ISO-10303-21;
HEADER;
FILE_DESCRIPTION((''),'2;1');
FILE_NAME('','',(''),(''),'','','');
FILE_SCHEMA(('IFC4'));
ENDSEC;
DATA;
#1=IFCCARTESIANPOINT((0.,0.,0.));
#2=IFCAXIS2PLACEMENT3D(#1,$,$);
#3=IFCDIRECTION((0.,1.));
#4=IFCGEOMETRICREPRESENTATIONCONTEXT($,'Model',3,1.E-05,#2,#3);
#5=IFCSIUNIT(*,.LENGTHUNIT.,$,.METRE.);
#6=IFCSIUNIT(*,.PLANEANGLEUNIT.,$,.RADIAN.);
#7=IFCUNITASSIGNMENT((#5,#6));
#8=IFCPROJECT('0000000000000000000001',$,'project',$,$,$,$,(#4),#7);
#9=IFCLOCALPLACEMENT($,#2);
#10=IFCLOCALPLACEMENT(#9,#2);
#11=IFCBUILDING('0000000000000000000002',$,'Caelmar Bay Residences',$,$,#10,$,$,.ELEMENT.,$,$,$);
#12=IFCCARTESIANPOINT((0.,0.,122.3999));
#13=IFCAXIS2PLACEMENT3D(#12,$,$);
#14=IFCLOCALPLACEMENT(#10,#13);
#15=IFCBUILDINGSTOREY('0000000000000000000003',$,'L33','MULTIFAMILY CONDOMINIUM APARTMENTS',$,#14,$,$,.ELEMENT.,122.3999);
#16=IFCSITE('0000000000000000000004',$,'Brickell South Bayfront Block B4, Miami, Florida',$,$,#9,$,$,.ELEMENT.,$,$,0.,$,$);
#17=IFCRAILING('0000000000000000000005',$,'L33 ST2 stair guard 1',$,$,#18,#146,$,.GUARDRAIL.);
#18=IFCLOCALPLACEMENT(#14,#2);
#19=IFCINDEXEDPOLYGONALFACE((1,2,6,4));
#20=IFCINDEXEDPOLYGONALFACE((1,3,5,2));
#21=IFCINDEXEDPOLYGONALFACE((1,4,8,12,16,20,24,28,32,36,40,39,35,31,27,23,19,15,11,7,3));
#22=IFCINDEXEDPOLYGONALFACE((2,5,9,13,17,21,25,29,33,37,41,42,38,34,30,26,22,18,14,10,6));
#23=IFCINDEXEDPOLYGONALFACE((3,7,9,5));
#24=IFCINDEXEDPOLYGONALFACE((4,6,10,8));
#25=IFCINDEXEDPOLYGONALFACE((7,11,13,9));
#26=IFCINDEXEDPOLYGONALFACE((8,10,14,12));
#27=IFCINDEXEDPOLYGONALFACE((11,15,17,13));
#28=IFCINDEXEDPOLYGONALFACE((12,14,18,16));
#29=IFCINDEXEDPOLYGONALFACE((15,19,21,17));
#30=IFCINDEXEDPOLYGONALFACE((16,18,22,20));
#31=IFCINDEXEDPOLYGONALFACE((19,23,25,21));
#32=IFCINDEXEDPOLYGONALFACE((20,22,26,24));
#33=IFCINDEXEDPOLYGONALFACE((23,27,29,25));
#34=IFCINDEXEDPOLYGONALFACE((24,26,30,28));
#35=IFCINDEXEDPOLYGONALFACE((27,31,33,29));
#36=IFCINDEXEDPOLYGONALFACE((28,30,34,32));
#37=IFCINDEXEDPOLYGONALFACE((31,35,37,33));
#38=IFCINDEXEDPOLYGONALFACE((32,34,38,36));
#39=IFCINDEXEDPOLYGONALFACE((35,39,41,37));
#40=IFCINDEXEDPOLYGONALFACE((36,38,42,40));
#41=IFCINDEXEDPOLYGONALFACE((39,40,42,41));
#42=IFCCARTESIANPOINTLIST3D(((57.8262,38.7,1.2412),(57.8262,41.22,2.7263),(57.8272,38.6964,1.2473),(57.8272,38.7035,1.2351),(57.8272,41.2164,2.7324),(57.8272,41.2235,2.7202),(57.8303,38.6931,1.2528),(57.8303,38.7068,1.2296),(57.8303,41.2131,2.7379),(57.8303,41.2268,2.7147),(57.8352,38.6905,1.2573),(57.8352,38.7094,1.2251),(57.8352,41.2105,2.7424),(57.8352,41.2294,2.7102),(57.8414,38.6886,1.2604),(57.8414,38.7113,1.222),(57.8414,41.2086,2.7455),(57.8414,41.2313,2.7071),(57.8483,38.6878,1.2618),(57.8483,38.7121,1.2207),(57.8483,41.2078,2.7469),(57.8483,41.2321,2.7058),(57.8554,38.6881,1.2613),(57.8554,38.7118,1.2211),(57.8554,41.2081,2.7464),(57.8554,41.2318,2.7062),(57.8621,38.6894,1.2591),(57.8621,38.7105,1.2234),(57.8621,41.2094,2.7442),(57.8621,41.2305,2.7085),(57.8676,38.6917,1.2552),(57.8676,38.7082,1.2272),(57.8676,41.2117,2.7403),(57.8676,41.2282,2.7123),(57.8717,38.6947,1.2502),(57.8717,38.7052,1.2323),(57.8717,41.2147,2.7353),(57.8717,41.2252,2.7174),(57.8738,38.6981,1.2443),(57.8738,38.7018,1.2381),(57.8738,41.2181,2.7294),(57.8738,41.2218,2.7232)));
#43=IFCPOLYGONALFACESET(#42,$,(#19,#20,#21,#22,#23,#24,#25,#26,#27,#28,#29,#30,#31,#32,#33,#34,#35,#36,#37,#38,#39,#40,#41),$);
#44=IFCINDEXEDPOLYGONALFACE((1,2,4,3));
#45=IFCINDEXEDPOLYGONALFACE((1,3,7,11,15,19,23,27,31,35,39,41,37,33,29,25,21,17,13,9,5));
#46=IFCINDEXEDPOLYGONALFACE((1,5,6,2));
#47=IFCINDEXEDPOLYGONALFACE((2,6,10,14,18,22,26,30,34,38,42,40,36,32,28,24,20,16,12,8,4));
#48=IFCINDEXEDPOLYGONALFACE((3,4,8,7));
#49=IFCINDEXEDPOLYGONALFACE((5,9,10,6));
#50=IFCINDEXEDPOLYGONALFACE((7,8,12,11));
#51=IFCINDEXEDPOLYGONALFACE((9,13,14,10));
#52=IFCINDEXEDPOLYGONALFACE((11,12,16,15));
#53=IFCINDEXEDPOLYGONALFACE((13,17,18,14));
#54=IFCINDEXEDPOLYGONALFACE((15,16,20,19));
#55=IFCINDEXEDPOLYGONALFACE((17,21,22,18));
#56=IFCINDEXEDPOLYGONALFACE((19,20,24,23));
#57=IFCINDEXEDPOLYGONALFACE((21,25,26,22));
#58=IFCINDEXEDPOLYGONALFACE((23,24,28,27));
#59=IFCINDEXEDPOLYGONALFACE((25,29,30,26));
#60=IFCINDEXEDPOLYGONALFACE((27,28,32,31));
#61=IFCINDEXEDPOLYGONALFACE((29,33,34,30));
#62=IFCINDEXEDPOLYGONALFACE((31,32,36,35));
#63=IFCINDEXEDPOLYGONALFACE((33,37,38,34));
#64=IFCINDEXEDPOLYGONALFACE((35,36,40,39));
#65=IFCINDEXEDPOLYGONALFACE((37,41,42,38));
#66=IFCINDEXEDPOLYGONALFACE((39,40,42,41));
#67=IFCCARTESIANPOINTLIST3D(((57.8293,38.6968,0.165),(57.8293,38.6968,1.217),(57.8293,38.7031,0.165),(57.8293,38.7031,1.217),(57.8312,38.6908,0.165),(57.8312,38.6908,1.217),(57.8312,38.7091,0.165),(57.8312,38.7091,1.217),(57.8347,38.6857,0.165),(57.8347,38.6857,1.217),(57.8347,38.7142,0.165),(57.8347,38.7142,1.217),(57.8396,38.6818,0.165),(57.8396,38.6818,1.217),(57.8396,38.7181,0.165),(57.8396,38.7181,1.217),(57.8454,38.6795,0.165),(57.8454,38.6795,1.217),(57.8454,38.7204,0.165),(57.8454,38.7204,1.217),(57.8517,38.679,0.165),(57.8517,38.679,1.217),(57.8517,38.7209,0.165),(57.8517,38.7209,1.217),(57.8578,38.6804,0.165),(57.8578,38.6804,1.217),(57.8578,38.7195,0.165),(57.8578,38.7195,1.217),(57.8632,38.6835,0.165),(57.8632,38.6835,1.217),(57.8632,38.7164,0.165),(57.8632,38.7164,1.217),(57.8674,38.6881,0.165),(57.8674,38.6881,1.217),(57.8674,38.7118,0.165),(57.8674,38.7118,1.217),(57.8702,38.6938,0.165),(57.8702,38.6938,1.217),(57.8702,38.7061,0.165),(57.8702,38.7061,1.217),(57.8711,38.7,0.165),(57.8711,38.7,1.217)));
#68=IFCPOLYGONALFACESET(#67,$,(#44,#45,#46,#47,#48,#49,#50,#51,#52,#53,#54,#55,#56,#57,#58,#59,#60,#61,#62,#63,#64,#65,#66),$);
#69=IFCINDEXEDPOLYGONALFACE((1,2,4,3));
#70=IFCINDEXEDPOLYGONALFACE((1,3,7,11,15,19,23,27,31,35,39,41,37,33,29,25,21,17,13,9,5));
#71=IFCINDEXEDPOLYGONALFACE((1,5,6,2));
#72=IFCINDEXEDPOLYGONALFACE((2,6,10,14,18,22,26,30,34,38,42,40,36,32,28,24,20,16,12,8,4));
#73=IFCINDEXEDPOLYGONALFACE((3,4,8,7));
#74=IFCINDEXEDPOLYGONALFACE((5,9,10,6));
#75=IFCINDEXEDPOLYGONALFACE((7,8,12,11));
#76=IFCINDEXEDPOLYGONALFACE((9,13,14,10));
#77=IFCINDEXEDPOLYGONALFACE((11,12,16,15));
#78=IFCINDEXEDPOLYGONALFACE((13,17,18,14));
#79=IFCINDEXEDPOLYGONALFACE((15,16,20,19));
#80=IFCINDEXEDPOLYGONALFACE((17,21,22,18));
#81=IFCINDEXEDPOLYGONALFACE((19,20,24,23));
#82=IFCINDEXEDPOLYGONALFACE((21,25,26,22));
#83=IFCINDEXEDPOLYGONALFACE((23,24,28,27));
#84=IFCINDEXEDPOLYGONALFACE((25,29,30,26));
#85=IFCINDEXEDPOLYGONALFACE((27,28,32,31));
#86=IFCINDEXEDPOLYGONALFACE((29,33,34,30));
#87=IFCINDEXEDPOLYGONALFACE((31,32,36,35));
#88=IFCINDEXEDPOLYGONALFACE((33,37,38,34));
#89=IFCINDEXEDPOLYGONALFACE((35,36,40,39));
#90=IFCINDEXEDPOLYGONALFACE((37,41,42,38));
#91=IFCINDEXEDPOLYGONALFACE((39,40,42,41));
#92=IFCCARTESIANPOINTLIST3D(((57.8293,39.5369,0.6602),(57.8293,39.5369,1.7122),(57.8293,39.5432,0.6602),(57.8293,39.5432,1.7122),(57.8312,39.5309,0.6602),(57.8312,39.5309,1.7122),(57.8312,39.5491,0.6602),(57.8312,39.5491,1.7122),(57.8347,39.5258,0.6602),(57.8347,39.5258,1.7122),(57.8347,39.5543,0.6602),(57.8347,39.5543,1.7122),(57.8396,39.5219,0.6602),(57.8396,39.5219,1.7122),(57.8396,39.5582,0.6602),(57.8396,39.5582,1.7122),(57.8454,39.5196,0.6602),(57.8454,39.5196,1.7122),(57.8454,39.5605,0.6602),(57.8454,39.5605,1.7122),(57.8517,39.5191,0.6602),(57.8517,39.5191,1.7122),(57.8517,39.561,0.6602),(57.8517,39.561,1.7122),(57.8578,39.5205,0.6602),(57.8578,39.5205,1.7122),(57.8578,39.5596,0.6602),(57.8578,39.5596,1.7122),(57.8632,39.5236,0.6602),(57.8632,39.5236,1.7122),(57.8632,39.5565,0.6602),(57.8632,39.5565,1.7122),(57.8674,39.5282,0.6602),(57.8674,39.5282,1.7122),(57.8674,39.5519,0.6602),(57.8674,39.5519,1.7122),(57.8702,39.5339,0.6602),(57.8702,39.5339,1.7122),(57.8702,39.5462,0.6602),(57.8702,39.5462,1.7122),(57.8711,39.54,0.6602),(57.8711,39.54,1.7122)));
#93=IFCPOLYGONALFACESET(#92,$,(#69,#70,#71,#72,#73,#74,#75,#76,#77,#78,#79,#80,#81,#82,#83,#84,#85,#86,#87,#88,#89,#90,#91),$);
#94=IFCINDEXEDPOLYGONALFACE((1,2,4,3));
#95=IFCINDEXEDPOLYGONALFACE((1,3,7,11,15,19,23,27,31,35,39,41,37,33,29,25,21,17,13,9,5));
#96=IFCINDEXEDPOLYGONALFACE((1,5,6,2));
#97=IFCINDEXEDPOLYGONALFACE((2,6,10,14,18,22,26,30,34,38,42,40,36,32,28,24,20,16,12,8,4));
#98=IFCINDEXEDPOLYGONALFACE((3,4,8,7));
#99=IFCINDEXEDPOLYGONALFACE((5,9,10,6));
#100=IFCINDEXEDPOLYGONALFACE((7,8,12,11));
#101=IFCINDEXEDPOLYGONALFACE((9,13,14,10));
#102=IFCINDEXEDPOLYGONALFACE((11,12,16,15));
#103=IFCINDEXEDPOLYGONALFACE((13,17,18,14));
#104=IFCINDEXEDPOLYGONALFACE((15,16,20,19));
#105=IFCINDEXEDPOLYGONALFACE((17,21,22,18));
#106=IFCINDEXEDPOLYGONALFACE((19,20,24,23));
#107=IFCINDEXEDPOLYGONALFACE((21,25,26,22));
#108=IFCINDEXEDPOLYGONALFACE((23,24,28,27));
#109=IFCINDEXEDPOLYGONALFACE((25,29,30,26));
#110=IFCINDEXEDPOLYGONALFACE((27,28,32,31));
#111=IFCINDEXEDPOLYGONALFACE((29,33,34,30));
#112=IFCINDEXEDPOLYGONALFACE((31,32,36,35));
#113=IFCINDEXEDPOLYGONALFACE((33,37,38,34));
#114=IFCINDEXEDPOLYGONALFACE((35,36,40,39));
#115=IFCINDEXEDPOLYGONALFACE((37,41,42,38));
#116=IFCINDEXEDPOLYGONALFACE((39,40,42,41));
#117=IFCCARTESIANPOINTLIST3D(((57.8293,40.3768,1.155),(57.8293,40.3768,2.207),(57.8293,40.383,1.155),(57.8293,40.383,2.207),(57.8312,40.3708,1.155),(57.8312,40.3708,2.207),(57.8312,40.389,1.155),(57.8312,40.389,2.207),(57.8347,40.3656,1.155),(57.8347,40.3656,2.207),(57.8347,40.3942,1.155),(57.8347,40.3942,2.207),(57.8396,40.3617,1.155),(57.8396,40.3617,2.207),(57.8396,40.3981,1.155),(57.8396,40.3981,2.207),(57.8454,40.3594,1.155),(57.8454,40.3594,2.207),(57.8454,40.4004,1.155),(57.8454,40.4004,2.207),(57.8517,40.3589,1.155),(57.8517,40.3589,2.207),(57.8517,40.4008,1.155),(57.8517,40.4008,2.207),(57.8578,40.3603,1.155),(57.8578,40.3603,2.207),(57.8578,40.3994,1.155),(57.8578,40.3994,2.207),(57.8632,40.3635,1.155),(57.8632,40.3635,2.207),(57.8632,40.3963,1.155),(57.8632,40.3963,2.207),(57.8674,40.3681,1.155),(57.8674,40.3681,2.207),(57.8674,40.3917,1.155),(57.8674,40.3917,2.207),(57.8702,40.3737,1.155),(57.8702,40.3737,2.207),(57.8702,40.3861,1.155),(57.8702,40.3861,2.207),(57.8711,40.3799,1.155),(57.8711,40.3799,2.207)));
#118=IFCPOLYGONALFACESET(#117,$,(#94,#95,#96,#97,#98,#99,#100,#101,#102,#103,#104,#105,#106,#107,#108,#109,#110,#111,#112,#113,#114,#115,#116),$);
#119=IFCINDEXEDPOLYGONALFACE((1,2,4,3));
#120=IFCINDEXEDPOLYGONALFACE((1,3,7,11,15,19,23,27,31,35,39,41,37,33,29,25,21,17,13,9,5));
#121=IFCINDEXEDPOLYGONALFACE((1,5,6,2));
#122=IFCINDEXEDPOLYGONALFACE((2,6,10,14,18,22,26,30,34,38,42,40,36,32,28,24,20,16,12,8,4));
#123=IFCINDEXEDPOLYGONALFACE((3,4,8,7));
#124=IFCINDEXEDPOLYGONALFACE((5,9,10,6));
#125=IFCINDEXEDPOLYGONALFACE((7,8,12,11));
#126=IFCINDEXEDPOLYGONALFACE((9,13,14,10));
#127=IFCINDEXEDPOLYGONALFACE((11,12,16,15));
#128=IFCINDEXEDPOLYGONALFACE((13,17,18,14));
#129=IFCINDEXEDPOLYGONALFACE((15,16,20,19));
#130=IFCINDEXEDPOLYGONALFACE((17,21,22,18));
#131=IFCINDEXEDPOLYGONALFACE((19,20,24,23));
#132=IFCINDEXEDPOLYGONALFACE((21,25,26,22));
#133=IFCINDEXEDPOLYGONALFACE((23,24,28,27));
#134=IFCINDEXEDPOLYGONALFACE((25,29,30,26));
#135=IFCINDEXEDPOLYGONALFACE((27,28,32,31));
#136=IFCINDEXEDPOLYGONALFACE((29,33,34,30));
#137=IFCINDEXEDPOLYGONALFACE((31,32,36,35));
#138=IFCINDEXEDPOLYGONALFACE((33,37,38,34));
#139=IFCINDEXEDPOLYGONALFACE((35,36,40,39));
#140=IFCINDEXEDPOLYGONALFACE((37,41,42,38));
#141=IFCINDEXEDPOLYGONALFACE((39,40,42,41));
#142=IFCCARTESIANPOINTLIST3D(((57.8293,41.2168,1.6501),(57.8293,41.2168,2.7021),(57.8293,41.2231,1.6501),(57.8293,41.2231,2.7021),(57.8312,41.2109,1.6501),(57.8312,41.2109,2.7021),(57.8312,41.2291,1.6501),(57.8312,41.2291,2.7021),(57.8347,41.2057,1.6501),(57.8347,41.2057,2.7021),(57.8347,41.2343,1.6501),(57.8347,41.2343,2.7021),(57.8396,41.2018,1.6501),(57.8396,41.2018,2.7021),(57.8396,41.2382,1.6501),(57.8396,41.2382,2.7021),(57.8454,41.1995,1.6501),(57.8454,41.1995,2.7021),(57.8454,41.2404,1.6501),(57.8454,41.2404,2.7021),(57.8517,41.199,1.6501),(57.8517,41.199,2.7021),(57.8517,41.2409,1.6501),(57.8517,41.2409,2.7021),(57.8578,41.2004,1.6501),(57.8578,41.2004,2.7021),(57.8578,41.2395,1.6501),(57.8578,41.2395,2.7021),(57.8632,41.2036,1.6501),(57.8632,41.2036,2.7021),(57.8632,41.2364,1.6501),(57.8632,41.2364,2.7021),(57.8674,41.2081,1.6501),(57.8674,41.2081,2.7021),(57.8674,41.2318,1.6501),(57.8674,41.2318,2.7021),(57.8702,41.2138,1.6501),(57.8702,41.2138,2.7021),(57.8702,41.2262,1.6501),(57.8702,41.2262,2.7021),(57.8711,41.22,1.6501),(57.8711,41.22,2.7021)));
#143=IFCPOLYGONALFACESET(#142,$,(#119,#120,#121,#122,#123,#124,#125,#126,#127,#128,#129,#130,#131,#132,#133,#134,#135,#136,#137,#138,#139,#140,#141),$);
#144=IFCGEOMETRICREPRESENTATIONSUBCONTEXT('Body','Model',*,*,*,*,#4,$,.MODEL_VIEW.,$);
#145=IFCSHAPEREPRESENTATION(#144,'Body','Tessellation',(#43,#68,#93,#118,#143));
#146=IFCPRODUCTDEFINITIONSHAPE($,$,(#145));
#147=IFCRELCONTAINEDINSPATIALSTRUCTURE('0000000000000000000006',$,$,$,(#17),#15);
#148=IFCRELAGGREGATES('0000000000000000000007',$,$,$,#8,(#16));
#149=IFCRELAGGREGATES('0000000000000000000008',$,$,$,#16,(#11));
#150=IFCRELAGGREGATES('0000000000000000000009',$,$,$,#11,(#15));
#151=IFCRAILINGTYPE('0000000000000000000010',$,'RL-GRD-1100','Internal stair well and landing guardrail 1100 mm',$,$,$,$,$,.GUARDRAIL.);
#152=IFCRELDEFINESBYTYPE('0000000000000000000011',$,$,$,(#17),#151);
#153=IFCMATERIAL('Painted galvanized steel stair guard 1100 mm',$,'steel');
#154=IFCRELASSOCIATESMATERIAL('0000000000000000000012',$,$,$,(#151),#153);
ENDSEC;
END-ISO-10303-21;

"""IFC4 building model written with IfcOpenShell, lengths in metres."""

from ifc_helpers import new_model, si_unit, direction, frame, origin, origin_2d, place, context, subcontext, project, spatial, circle, extrude, material, type_object, element, save


model = new_model("IFC4")

# Units and contexts
model_context = context("Model", 3, precision=1e-05, world=origin(), true_north=direction((0.0, 1.0)))
body_context = subcontext(model_context, "Body", "Model", "MODEL_VIEW")
ifc_project = project(units=[si_unit("LENGTHUNIT", "METRE"), si_unit("PLANEANGLEUNIT", "RADIAN")], contexts=[model_context])

# Site, building, storey
site_placement = place(None, origin())
site = spatial("IfcSite", under=ifc_project, at=site_placement, Name="Brickell South Bayfront Block B4, Miami, Florida", CompositionType="ELEMENT", RefElevation=0.0)
building_placement = place(site_placement, origin())
building = spatial("IfcBuilding", under=site, at=building_placement, Name="Caelmar Bay Residences", CompositionType="ELEMENT")
storey_placement = place(building_placement, frame((0.0, 0.0, 122.3999)))
storey = spatial("IfcBuildingStorey", under=building, at=storey_placement, Name="L33", Description="MULTIFAMILY CONDOMINIUM APARTMENTS", CompositionType="ELEMENT", Elevation=122.3999)

# Railing
ifc_material_1 = material(Name="Painted galvanized steel stair guard 1100 mm", Category="steel")
railing_type_1 = type_object("IfcRailingType", Name="RL-GRD-1100", Description="Internal stair well and landing guardrail 1100 mm", PredefinedType="GUARDRAIL", material=ifc_material_1)
railing_1_placement = place(storey_placement, frame((57.8501, 38.7, 0.165)))
element("IfcRailing", 1, at=railing_1_placement, inside=storey, type_object=railing_type_1, Name="L33 ST2 stair guard 1", PredefinedType="GUARDRAIL", context=body_context, shape_type="SweptSolid", body=[
    extrude(circle(Radius=0.0239, at=origin_2d()), frame((0.0, 0.0, 1.0762), z_axis=(0.0, 0.861524, 0.507717), x_axis=(-1.0, 0.0, 0.0)), (0.0, 0.0, 1.0), 2.925),
    extrude(circle(Radius=0.021, at=origin_2d()), origin(), (0.0, 0.0, 1.0), 1.052),
    extrude(circle(Radius=0.021, at=origin_2d()), frame((0.0, 0.8401, 0.4951)), (0.0, 0.0, 1.0), 1.052),
    extrude(circle(Radius=0.021, at=origin_2d()), frame((0.0, 1.6799, 0.99)), (0.0, 0.0, 1.0), 1.052),
    extrude(circle(Radius=0.021, at=origin_2d()), frame((0.0, 2.52, 1.4851)), (0.0, 0.0, 1.0), 1.052),
])

save(model, "model.ifc")
